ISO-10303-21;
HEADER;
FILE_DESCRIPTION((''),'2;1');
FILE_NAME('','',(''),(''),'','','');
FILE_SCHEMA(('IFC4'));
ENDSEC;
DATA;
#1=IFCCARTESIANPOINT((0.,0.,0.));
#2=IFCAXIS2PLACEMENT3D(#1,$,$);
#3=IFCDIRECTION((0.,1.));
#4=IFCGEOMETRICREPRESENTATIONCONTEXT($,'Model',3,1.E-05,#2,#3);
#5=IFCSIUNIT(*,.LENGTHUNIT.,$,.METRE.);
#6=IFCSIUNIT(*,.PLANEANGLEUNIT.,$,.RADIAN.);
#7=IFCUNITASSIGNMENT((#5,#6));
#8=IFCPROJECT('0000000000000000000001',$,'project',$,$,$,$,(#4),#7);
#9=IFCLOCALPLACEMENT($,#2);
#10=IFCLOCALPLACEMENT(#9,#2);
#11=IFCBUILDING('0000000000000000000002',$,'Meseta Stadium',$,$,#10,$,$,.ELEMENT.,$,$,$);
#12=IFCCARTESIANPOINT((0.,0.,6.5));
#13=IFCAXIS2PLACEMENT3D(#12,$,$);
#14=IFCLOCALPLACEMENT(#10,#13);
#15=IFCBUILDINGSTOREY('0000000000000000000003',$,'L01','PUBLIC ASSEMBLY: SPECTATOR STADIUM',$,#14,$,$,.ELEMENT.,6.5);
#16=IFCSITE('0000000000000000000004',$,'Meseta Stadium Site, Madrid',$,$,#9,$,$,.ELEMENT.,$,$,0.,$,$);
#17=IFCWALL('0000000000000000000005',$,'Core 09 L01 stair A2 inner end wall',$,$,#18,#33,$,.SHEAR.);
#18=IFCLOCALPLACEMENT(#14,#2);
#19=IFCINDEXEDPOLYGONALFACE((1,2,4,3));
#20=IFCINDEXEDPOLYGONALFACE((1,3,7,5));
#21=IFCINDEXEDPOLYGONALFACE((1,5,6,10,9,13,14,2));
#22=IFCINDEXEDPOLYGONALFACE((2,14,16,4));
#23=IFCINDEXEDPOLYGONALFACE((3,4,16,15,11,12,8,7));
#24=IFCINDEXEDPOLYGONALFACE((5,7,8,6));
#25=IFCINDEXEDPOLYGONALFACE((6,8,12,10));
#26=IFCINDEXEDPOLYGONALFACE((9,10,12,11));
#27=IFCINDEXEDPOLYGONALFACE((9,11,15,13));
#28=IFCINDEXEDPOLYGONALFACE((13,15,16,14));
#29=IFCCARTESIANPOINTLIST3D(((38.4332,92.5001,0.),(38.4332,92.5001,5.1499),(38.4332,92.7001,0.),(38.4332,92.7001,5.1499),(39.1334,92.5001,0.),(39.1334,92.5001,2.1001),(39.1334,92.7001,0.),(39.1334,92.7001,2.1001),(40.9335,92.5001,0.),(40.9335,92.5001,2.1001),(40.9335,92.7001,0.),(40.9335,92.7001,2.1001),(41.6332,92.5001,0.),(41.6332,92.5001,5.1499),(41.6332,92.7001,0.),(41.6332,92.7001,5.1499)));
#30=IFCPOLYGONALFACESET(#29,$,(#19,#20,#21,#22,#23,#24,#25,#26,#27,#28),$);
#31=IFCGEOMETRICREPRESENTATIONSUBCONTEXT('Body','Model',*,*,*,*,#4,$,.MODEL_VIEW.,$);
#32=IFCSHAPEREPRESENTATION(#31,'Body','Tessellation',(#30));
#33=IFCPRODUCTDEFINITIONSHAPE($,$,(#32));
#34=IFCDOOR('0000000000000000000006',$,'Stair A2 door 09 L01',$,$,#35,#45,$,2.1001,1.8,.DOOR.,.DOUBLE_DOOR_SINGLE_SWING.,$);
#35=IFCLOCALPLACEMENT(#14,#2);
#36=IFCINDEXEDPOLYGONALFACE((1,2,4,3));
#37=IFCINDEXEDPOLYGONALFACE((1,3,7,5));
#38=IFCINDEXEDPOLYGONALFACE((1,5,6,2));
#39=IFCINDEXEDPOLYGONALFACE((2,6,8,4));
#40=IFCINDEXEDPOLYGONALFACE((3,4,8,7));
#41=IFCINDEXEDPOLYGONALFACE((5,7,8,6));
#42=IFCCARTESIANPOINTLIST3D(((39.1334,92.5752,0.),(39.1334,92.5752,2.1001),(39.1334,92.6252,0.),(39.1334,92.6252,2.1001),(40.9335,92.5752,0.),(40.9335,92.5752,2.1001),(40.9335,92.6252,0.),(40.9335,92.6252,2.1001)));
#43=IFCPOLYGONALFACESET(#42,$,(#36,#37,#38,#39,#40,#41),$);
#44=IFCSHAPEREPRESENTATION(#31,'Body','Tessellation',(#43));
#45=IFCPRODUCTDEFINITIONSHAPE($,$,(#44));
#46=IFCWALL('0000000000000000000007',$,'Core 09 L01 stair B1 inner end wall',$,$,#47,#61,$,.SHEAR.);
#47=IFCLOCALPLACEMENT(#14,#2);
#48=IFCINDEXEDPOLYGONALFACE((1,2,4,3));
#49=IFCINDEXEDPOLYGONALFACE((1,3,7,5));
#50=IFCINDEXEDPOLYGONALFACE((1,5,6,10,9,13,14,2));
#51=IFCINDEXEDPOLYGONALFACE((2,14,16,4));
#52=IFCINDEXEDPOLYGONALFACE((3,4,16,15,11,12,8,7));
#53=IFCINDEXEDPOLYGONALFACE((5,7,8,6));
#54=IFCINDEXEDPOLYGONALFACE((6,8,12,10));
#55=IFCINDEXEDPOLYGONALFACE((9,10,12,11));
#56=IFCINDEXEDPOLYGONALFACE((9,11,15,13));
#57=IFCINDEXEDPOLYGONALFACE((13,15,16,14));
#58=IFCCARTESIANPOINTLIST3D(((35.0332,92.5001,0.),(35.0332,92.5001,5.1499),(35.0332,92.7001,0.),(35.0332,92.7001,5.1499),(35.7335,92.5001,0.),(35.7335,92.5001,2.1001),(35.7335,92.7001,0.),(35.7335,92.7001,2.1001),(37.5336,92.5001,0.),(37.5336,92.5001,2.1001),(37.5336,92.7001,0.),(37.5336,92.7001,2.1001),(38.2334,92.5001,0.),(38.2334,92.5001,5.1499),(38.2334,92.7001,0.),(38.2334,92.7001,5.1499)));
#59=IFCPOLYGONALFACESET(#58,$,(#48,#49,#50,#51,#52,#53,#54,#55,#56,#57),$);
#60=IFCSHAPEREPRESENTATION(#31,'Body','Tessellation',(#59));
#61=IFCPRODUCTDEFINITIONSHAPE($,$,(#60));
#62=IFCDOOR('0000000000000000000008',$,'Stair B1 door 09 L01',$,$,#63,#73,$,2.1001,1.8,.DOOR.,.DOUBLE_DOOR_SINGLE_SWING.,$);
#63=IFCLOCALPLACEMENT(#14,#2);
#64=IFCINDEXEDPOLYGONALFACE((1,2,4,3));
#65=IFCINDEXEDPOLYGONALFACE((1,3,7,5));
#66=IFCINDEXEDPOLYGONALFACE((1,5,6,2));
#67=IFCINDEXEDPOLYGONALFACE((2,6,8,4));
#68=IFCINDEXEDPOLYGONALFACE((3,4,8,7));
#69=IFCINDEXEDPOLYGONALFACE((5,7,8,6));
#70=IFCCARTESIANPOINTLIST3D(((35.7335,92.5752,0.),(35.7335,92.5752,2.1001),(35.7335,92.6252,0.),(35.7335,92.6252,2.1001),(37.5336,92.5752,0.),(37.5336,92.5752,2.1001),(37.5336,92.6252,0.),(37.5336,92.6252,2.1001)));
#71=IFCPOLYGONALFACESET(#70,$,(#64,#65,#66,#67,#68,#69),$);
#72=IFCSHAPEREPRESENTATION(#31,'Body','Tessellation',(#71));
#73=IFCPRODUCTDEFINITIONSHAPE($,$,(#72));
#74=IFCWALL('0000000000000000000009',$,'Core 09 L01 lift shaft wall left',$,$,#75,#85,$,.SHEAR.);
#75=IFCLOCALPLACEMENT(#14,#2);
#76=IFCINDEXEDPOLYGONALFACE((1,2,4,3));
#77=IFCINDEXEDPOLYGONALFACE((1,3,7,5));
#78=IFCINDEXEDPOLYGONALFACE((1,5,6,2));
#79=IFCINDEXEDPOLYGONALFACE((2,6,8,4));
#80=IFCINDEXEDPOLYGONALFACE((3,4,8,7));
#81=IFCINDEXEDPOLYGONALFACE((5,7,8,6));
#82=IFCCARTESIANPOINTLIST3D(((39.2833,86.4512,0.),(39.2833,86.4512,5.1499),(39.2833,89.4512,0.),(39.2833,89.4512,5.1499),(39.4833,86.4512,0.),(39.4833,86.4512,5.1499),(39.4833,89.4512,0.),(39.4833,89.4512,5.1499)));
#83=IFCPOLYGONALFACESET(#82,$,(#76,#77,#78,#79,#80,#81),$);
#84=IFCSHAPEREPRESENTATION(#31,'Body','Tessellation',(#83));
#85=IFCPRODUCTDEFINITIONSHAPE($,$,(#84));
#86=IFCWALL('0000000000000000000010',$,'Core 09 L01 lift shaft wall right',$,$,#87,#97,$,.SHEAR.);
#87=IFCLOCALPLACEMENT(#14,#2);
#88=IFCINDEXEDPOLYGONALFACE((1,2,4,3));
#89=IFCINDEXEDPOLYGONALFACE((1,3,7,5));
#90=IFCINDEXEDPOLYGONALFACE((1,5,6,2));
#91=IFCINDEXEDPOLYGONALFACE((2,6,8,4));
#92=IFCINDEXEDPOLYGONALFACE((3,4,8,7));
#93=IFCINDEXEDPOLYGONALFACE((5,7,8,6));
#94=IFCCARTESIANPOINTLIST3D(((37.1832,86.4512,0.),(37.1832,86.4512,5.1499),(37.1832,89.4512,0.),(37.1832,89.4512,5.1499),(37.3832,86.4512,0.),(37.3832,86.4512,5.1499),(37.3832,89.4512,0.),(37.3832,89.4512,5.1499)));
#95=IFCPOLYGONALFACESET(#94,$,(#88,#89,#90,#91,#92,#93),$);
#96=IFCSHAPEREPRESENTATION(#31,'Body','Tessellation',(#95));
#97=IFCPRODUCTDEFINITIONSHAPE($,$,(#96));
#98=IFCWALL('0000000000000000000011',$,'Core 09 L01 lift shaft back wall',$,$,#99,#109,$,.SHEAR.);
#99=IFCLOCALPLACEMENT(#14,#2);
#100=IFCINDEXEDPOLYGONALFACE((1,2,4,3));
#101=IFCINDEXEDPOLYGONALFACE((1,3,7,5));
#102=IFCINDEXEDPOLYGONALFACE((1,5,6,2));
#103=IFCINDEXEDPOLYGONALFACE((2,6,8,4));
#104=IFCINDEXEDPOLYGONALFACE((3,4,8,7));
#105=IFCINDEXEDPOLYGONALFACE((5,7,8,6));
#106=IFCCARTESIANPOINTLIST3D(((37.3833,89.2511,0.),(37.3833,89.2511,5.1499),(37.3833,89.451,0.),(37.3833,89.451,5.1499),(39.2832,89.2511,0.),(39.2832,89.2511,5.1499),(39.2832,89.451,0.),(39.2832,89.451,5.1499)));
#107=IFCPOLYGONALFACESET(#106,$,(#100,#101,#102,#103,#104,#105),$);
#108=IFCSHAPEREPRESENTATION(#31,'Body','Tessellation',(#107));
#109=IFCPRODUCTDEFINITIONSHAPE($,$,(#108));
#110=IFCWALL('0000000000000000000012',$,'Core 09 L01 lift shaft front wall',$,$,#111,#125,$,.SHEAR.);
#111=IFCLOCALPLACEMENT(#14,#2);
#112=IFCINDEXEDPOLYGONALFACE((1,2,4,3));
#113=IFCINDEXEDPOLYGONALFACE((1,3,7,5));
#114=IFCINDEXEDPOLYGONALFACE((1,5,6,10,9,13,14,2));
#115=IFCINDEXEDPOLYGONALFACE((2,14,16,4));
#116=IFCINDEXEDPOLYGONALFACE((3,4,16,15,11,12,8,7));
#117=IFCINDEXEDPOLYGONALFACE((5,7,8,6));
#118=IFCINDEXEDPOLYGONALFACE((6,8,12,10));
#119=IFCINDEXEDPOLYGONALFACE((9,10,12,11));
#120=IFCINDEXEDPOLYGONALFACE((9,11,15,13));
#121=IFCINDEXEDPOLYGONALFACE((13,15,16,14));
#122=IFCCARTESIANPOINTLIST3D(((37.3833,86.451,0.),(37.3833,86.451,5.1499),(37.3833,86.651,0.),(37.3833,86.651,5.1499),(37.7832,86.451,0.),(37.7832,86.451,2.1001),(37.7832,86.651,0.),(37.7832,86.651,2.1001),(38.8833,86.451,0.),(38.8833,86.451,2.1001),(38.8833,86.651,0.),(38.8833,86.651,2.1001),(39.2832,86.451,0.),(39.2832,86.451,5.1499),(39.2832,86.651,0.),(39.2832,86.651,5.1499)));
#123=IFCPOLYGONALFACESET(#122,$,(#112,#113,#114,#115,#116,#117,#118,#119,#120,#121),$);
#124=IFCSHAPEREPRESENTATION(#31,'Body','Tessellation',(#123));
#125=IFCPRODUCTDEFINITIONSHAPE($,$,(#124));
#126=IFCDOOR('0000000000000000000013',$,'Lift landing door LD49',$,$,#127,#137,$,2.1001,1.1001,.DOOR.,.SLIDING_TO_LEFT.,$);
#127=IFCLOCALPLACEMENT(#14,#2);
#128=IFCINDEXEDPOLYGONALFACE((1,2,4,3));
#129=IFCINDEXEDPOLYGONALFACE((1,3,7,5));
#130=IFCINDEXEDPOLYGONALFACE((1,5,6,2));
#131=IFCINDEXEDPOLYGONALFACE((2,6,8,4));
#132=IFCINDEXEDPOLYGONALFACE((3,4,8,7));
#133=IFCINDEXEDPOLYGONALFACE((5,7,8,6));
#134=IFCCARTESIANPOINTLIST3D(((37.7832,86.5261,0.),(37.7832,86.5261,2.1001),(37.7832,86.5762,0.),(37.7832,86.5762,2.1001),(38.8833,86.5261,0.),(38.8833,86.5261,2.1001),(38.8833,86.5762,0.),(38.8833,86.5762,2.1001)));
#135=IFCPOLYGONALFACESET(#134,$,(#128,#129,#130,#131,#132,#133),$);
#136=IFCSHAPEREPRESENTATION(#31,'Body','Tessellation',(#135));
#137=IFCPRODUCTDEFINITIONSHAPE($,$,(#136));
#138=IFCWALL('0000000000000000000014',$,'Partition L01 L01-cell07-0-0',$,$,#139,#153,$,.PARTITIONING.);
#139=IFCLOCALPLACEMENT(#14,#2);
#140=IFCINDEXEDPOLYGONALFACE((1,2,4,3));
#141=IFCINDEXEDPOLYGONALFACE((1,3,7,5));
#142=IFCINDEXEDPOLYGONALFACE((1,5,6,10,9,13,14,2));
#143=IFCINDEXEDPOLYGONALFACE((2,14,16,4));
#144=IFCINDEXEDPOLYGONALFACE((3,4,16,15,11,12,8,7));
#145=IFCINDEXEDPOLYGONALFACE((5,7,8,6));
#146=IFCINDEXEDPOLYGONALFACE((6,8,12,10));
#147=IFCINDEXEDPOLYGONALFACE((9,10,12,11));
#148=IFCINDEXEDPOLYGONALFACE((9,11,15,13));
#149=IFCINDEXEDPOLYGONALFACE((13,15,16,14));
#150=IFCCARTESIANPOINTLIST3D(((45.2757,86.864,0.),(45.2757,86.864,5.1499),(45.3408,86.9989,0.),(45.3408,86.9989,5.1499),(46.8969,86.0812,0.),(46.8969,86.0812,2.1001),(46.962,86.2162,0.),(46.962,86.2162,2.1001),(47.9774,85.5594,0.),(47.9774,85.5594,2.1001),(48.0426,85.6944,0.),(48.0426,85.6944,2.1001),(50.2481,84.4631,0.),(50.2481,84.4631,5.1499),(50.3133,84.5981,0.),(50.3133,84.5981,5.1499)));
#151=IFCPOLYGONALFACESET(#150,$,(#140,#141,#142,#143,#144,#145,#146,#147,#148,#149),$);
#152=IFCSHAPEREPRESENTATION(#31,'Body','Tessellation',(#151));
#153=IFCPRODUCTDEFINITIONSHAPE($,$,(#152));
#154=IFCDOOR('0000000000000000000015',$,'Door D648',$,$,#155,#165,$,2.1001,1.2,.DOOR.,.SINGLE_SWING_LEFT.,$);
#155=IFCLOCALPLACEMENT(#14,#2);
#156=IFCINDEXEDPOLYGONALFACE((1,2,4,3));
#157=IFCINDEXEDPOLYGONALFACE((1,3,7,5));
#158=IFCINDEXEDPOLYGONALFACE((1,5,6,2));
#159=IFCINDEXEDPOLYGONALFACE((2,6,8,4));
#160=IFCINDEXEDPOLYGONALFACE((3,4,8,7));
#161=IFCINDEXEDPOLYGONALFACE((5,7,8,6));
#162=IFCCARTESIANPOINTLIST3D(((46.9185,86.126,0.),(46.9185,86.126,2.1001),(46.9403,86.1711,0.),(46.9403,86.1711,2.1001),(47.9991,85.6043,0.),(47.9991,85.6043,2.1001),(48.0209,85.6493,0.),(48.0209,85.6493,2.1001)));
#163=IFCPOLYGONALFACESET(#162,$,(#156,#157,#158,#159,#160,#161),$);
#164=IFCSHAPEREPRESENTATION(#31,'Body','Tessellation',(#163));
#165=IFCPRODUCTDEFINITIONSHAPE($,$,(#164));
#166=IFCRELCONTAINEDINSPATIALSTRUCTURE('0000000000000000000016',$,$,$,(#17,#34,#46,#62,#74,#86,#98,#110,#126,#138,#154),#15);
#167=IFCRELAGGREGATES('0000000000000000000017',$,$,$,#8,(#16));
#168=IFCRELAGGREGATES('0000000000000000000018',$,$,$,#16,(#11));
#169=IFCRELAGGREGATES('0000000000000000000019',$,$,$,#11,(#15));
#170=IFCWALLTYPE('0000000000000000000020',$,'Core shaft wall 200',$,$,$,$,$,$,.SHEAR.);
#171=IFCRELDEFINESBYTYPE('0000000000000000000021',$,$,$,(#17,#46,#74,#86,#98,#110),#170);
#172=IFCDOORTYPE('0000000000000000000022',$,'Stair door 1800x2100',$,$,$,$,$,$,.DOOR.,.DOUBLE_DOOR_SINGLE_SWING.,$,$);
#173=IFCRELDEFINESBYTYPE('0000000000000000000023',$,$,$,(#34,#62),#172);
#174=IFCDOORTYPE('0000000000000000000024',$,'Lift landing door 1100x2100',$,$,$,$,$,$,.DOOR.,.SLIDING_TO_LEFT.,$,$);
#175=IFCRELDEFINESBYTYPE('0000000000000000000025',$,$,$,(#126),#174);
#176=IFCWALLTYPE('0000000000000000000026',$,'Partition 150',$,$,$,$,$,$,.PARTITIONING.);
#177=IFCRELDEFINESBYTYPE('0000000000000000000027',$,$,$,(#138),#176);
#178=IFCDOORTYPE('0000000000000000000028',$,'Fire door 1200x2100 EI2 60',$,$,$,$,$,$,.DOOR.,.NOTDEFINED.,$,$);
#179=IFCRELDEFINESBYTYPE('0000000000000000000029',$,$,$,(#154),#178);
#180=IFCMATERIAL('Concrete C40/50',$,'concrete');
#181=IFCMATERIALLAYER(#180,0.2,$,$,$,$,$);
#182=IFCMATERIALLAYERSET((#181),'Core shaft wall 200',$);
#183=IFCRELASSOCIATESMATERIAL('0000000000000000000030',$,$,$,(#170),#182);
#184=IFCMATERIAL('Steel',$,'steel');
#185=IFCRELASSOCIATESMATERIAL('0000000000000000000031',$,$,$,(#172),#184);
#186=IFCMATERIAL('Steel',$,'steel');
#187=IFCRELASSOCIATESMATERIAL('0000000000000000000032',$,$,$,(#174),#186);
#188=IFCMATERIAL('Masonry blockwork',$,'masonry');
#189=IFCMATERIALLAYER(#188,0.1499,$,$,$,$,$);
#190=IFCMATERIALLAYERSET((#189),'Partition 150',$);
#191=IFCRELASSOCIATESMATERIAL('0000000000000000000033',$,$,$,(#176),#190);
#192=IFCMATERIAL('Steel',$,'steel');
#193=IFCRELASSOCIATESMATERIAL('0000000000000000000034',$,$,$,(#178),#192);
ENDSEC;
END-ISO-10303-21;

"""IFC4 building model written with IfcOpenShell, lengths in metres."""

from ifc_helpers import new_model, si_unit, direction, frame, frame_2d, origin, place, context, subcontext, project, spatial, rectangle, extrude, material, layer, layer_set, type_object, element, fill, save


model = new_model("IFC4")

# Units and contexts
model_context = context("Model", 3, precision=1e-05, world=origin(), true_north=direction((0.0, 1.0)))
body_context = subcontext(model_context, "Body", "Model", "MODEL_VIEW")
ifc_project = project(units=[si_unit("LENGTHUNIT", "METRE"), si_unit("PLANEANGLEUNIT", "RADIAN")], contexts=[model_context])

# Site, building, storey
site_placement = place(None, origin())
site = spatial("IfcSite", under=ifc_project, at=site_placement, Name="Meseta Stadium Site, Madrid", CompositionType="ELEMENT", RefElevation=0.0)
building_placement = place(site_placement, origin())
building = spatial("IfcBuilding", under=site, at=building_placement, Name="Meseta Stadium", CompositionType="ELEMENT")
storey_placement = place(building_placement, frame((0.0, 0.0, 6.5)))
storey = spatial("IfcBuildingStorey", under=building, at=storey_placement, Name="L01", Description="PUBLIC ASSEMBLY: SPECTATOR STADIUM", CompositionType="ELEMENT", Elevation=6.5)

# Walls, openings, doors
ifc_material_1 = material(Name="Concrete C40/50", Category="concrete")
ifc_layer_1 = layer(ifc_material_1, 0.2)
ifc_layer_set_1 = layer_set([ifc_layer_1], Name="Core shaft wall 200")
wall_type_1 = type_object("IfcWallType", Name="Core shaft wall 200", PredefinedType="SHEAR", material=ifc_layer_set_1)
ifc_material_2 = material(Name="Steel", Category="steel")
door_type_1 = type_object("IfcDoorType", Name="Stair door 1800x2100", OperationType="DOUBLE_DOOR_SINGLE_SWING", PredefinedType="DOOR", material=ifc_material_2)
wall_1_placement = place(storey_placement, frame((41.6333, 92.6001, 0.0), z_axis=(0.0, 0.0, 1.0), x_axis=(-1.0, 0.0, 0.0)))
wall_1 = element("IfcWall", 1, at=wall_1_placement, inside=storey, type_object=wall_type_1, Name="Core 09 L01 stair A2 inner end wall", PredefinedType="SHEAR", context=body_context, shape_type="SweptSolid", body=[
    extrude(rectangle(XDim=3.2, YDim=0.2, at=frame_2d((1.6001, 0.0))), origin(), (0.0, 0.0, 1.0), 5.1499),
])
opening_1_placement = place(wall_1_placement, frame((0.7, 0.0, 0.0)))
opening_1 = element("IfcOpeningElement", 2, at=opening_1_placement, cuts=wall_1, PredefinedType="OPENING", context=body_context, shape_type="SweptSolid", body=[
    extrude(rectangle(XDim=1.8, YDim=2.1001, at=frame_2d((0.8999, 1.05))), frame((0.0, 0.1099, 0.0), z_axis=(0.0, -1.0, 0.0), x_axis=(1.0, 0.0, 0.0)), (0.0, 0.0, 1.0), 0.22),
])
door_1_placement = place(opening_1_placement, origin())
door_1 = element("IfcDoor", 3, at=door_1_placement, inside=storey, type_object=door_type_1, Name="Stair A2 door 09 L01", OperationType="DOUBLE_DOOR_SINGLE_SWING", OverallHeight=2.1001, OverallWidth=1.8, PredefinedType="DOOR", context=body_context, shape_type="SweptSolid", body=[
    extrude(rectangle(XDim=1.8, YDim=2.1001, at=frame_2d((0.8999, 1.05))), frame((0.0, 0.0249, 0.0), z_axis=(0.0, -1.0, 0.0), x_axis=(1.0, 0.0, 0.0)), (0.0, 0.0, 1.0), 0.05),
])
fill(opening_1, door_1)
wall_2_placement = place(storey_placement, frame((38.2334, 92.6001, 0.0), z_axis=(0.0, 0.0, 1.0), x_axis=(-1.0, 0.0, 0.0)))
wall_2 = element("IfcWall", 4, at=wall_2_placement, inside=storey, type_object=wall_type_1, Name="Core 09 L01 stair B1 inner end wall", PredefinedType="SHEAR", context=body_context, shape_type="SweptSolid", body=[
    extrude(rectangle(XDim=3.2002, YDim=0.2, at=frame_2d((1.6001, 0.0))), origin(), (0.0, 0.0, 1.0), 5.1499),
])
opening_2_placement = place(wall_2_placement, frame((0.7, 0.0, 0.0)))
opening_2 = element("IfcOpeningElement", 5, at=opening_2_placement, cuts=wall_2, PredefinedType="OPENING", context=body_context, shape_type="SweptSolid", body=[
    extrude(rectangle(XDim=1.8, YDim=2.1001, at=frame_2d((0.8999, 1.05))), frame((0.0, 0.1099, 0.0), z_axis=(0.0, -1.0, 0.0), x_axis=(1.0, 0.0, 0.0)), (0.0, 0.0, 1.0), 0.22),
])
door_2_placement = place(opening_2_placement, origin())
door_2 = element("IfcDoor", 6, at=door_2_placement, inside=storey, type_object=door_type_1, Name="Stair B1 door 09 L01", OperationType="DOUBLE_DOOR_SINGLE_SWING", OverallHeight=2.1001, OverallWidth=1.8, PredefinedType="DOOR", context=body_context, shape_type="SweptSolid", body=[
    extrude(rectangle(XDim=1.8, YDim=2.1001, at=frame_2d((0.8999, 1.05))), frame((0.0, 0.0249, 0.0), z_axis=(0.0, -1.0, 0.0), x_axis=(1.0, 0.0, 0.0)), (0.0, 0.0, 1.0), 0.05),
])
fill(opening_2, door_2)

# Walls
for number, where, z_axis, x_axis, name in (
    (7, (39.3833, 89.4512, 0.0), (0.0, 0.0, 1.0), (0.0, -1.0, 0.0), "Core 09 L01 lift shaft wall left"),
    (8, (37.2832, 89.4512, 0.0), (0.0, 0.0, 1.0), (0.0, -1.0, 0.0), "Core 09 L01 lift shaft wall right"),
):
    element("IfcWall", number, at=place(storey_placement, frame(where, z_axis=z_axis, x_axis=x_axis)), inside=storey, type_object=wall_type_1, Name=name, PredefinedType="SHEAR", context=body_context, shape_type="SweptSolid", body=[
        extrude(rectangle(XDim=3.0, YDim=0.2, at=frame_2d((1.5, 0.0))), origin(), (0.0, 0.0, 1.0), 5.1499),
    ])
wall_3_placement = place(storey_placement, frame((39.2832, 89.3511, 0.0), z_axis=(0.0, 0.0, 1.0), x_axis=(-1.0, 0.0, 0.0)))
element("IfcWall", 9, at=wall_3_placement, inside=storey, type_object=wall_type_1, Name="Core 09 L01 lift shaft back wall", PredefinedType="SHEAR", context=body_context, shape_type="SweptSolid", body=[
    extrude(rectangle(XDim=1.8999, YDim=0.2, at=frame_2d((0.95, 0.0))), origin(), (0.0, 0.0, 1.0), 5.1499),
])

# Walls, openings, doors
wall_4_placement = place(storey_placement, frame((39.2832, 86.551, 0.0), z_axis=(0.0, 0.0, 1.0), x_axis=(-1.0, 0.0, 0.0)))
wall_4 = element("IfcWall", 10, at=wall_4_placement, inside=storey, type_object=wall_type_1, Name="Core 09 L01 lift shaft front wall", PredefinedType="SHEAR", context=body_context, shape_type="SweptSolid", body=[
    extrude(rectangle(XDim=1.8999, YDim=0.2, at=frame_2d((0.95, 0.0))), origin(), (0.0, 0.0, 1.0), 5.1499),
])
opening_3_placement = place(wall_4_placement, frame((0.3999, 0.0, 0.0)))
opening_3 = element("IfcOpeningElement", 11, at=opening_3_placement, cuts=wall_4, PredefinedType="OPENING", context=body_context, shape_type="SweptSolid", body=[
    extrude(rectangle(XDim=1.1001, YDim=2.1001, at=frame_2d((0.55, 1.05))), frame((0.0, 0.1099, 0.0), z_axis=(0.0, -1.0, 0.0), x_axis=(1.0, 0.0, 0.0)), (0.0, 0.0, 1.0), 0.22),
])
ifc_material_3 = material(Name="Steel", Category="steel")
door_type_2 = type_object("IfcDoorType", Name="Lift landing door 1100x2100", OperationType="SLIDING_TO_LEFT", PredefinedType="DOOR", material=ifc_material_3)
door_3_placement = place(opening_3_placement, origin())
door_3 = element("IfcDoor", 12, at=door_3_placement, inside=storey, type_object=door_type_2, Name="Lift landing door LD49", OperationType="SLIDING_TO_LEFT", OverallHeight=2.1001, OverallWidth=1.1001, PredefinedType="DOOR", context=body_context, shape_type="SweptSolid", body=[
    extrude(rectangle(XDim=1.1001, YDim=2.1001, at=frame_2d((0.55, 1.05))), frame((0.0, 0.0249, 0.0), z_axis=(0.0, -1.0, 0.0), x_axis=(1.0, 0.0, 0.0)), (0.0, 0.0, 1.0), 0.05),
])
fill(opening_3, door_3)
ifc_material_4 = material(Name="Masonry blockwork", Category="masonry")
ifc_layer_2 = layer(ifc_material_4, 0.1499)
ifc_layer_set_2 = layer_set([ifc_layer_2], Name="Partition 150")
wall_type_2 = type_object("IfcWallType", Name="Partition 150", PredefinedType="PARTITIONING", material=ifc_layer_set_2)
wall_5_placement = place(storey_placement, frame((45.3083, 86.9314, 0.0), z_axis=(0.0, 0.0, 1.0), x_axis=(0.900523, -0.434808, 0.0)))
wall_5 = element("IfcWall", 13, at=wall_5_placement, inside=storey, type_object=wall_type_2, Name="Partition L01 L01-cell07-0-0", PredefinedType="PARTITIONING", context=body_context, shape_type="SweptSolid", body=[
    extrude(rectangle(XDim=5.5217, YDim=0.1499, at=frame_2d((2.7607, 0.0))), origin(), (0.0, 0.0, 1.0), 5.1499),
])
opening_4_placement = place(wall_5_placement, frame((1.8, 0.0, 0.0)))
opening_4 = element("IfcOpeningElement", 14, at=opening_4_placement, cuts=wall_5, PredefinedType="OPENING", context=body_context, shape_type="SweptSolid", body=[
    extrude(rectangle(XDim=1.2, YDim=2.1001, at=frame_2d((0.6001, 1.05))), frame((0.0, 0.085, 0.0), z_axis=(0.0, -1.0, 0.0), x_axis=(1.0, 0.0, 0.0)), (0.0, 0.0, 1.0), 0.1699),
])
ifc_material_5 = material(Name="Steel", Category="steel")
door_type_3 = type_object("IfcDoorType", Name="Fire door 1200x2100 EI2 60", OperationType="NOTDEFINED", PredefinedType="DOOR", material=ifc_material_5)
door_4_placement = place(opening_4_placement, origin())
door_4 = element("IfcDoor", 15, at=door_4_placement, inside=storey, type_object=door_type_3, Name="Door D648", OperationType="SINGLE_SWING_LEFT", OverallHeight=2.1001, OverallWidth=1.2, PredefinedType="DOOR", context=body_context, shape_type="SweptSolid", body=[
    extrude(rectangle(XDim=1.2, YDim=2.1001, at=frame_2d((0.6001, 1.05))), frame((0.0, 0.0249, 0.0), z_axis=(0.0, -1.0, 0.0), x_axis=(1.0, 0.0, 0.0)), (0.0, 0.0, 1.0), 0.05),
])
fill(opening_4, door_4)

save(model, "model.ifc")
